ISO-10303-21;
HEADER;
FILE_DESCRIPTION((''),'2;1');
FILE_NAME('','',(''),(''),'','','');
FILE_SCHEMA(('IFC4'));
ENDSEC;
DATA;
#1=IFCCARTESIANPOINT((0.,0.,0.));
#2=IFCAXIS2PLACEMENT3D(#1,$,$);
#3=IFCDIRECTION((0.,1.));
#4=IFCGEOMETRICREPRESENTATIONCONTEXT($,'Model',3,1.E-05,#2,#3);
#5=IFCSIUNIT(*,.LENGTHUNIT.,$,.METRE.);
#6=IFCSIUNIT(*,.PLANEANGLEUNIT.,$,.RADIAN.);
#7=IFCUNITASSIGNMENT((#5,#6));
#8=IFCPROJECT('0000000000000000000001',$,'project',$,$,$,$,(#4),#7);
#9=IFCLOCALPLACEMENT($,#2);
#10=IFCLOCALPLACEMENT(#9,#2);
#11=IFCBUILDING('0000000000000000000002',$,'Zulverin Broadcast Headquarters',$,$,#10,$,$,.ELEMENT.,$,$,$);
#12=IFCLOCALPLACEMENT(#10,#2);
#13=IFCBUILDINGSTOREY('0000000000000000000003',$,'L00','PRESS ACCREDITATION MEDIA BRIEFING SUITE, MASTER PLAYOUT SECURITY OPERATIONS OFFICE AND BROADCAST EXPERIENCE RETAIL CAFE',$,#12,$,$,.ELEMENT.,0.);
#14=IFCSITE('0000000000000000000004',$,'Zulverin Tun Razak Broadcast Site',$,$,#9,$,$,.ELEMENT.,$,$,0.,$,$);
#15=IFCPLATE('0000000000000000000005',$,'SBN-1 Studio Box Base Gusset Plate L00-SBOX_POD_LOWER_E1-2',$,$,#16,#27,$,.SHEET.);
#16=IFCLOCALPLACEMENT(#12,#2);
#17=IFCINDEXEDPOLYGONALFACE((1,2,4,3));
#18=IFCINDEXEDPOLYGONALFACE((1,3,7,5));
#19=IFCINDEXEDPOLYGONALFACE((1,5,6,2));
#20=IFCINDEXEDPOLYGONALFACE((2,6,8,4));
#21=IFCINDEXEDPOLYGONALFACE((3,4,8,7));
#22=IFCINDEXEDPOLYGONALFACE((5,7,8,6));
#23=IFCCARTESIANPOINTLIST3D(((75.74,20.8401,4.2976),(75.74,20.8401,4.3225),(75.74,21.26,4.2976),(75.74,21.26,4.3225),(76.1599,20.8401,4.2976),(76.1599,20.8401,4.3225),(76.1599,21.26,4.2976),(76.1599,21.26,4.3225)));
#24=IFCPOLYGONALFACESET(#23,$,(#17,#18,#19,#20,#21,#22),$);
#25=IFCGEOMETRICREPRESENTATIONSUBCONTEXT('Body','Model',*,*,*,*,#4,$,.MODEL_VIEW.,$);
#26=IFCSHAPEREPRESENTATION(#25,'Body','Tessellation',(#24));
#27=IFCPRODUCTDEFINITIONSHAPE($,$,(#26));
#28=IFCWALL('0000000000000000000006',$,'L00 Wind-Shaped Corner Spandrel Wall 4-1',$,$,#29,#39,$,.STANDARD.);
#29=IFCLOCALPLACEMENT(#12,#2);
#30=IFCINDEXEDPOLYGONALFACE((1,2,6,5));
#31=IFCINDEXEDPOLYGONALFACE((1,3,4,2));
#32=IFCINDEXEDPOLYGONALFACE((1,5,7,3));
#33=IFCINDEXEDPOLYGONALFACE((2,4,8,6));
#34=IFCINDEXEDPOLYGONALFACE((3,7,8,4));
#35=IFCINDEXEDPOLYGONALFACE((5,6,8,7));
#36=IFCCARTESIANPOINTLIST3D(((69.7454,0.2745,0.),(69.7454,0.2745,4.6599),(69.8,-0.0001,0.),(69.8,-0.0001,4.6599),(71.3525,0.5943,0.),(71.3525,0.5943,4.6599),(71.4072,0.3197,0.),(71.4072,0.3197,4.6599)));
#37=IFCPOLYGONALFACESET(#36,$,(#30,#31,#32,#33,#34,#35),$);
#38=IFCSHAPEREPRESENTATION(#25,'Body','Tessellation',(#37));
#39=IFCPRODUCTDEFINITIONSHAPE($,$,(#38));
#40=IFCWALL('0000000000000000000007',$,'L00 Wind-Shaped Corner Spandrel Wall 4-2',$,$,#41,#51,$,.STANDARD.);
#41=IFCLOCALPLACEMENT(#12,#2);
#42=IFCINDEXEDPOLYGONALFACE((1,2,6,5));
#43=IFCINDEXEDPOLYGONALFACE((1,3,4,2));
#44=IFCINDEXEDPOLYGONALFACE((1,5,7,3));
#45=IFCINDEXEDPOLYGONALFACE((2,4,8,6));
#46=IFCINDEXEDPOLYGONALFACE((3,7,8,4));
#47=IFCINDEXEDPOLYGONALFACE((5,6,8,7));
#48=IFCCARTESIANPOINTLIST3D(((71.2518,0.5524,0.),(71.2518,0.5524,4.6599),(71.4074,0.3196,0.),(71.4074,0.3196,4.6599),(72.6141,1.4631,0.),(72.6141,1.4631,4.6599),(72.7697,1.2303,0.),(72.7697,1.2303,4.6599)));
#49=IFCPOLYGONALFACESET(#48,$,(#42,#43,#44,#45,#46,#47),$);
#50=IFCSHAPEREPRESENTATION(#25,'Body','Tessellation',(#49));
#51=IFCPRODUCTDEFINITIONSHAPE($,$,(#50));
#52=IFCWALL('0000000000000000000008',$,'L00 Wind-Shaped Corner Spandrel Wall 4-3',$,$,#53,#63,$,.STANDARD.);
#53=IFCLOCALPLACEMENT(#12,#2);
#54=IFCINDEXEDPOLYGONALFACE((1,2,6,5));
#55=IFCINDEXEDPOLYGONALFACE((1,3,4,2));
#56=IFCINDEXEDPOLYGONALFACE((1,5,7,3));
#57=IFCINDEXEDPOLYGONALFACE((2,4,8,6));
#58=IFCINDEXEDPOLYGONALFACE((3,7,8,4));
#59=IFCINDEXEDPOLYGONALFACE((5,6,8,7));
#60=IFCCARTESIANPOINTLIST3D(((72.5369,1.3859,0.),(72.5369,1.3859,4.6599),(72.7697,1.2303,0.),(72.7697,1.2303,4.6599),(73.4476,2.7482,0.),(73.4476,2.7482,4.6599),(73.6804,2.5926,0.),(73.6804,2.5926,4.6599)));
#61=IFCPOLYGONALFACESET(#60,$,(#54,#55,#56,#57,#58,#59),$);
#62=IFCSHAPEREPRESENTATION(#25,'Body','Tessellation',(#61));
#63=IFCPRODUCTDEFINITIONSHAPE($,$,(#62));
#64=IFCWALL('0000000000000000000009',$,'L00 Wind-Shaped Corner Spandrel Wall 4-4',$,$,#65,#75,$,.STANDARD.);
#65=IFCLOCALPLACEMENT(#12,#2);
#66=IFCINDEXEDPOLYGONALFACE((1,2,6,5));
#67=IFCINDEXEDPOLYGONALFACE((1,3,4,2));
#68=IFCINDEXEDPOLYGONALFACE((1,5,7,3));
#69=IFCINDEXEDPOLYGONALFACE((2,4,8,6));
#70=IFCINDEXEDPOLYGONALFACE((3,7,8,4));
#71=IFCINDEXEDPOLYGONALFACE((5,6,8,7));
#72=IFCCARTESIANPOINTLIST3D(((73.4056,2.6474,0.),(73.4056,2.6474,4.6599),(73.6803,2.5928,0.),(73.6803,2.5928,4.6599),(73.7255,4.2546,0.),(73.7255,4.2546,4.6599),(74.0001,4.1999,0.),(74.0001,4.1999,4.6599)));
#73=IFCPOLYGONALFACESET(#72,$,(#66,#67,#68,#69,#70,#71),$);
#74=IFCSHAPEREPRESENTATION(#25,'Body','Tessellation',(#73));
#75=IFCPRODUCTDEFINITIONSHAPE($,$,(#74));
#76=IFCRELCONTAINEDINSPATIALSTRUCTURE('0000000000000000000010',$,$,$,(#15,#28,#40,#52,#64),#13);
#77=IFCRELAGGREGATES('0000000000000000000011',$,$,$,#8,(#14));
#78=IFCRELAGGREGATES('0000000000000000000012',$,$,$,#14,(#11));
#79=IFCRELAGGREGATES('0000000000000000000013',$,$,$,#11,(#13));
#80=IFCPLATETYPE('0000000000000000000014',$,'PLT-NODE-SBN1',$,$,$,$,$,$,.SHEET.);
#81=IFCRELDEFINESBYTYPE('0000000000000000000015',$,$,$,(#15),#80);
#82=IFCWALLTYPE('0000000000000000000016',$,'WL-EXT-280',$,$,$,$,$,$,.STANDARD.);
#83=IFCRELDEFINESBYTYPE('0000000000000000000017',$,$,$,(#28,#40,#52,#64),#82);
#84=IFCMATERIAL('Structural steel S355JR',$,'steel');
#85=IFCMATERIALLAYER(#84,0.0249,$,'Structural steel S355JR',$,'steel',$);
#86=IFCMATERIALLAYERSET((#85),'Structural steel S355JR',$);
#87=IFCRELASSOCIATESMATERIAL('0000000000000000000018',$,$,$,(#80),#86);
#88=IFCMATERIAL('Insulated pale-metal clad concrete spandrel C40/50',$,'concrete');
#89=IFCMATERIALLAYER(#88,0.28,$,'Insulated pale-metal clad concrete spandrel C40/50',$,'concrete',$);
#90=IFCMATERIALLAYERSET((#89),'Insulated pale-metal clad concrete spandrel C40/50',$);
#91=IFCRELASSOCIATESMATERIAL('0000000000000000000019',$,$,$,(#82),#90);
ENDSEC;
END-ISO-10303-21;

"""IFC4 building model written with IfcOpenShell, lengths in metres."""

from ifc_helpers import new_model, si_unit, direction, frame, frame_2d, origin, origin_2d, place, context, subcontext, project, spatial, rectangle, extrude, material, layer, layer_set, type_object, element, save


model = new_model("IFC4")

# Units and contexts
model_context = context("Model", 3, precision=1e-05, world=origin(), true_north=direction((0.0, 1.0)))
body_context = subcontext(model_context, "Body", "Model", "MODEL_VIEW")
ifc_project = project(units=[si_unit("LENGTHUNIT", "METRE"), si_unit("PLANEANGLEUNIT", "RADIAN")], contexts=[model_context])

# Site, building, storey
site_placement = place(None, origin())
site = spatial("IfcSite", under=ifc_project, at=site_placement, Name="Zulverin Tun Razak Broadcast Site", CompositionType="ELEMENT", RefElevation=0.0)
building_placement = place(site_placement, origin())
building = spatial("IfcBuilding", under=site, at=building_placement, Name="Zulverin Broadcast Headquarters", CompositionType="ELEMENT")
storey_placement = place(building_placement, origin())
storey = spatial("IfcBuildingStorey", under=building, at=storey_placement, Name="L00", Description="PRESS ACCREDITATION MEDIA BRIEFING SUITE, MASTER PLAYOUT SECURITY OPERATIONS OFFICE AND BROADCAST EXPERIENCE RETAIL CAFE", CompositionType="ELEMENT", Elevation=0.0)

# Shared definitions
ifc_material_1 = material(Name="Structural steel S355JR", Category="steel")

# Plate
ifc_layer_1 = layer(ifc_material_1, 0.0249, Name="Structural steel S355JR", Category="steel")
ifc_layer_set_1 = layer_set([ifc_layer_1], Name="Structural steel S355JR")
plate_type = type_object("IfcPlateType", Name="PLT-NODE-SBN1", PredefinedType="SHEET", material=ifc_layer_set_1)
for number, where, z_axis, x_axis, name in (
    (1, (75.95, 21.05, 4.2976), (0.0, 0.0, 1.0), (1.0, 0.0, 0.0), "SBN-1 Studio Box Base Gusset Plate L00-SBOX_POD_LOWER_E1-2"),
):
    element("IfcPlate", number, at=place(storey_placement, frame(where, z_axis=z_axis, x_axis=x_axis)), inside=storey, type_object=plate_type, Name=name, PredefinedType="SHEET", context=body_context, shape_type="SweptSolid", body=[
        extrude(rectangle(XDim=0.4199, YDim=0.4199, at=origin_2d()), origin(), (0.0, 0.0, 1.0), 0.0249),
    ])

# Walls
ifc_material_2 = material(Name="Insulated pale-metal clad concrete spandrel C40/50", Category="concrete")
ifc_layer_2 = layer(ifc_material_2, 0.28, Name="Insulated pale-metal clad concrete spandrel C40/50", Category="concrete")
ifc_layer_set_2 = layer_set([ifc_layer_2], Name="Insulated pale-metal clad concrete spandrel C40/50")
wall_type = type_object("IfcWallType", Name="WL-EXT-280", PredefinedType="STANDARD", material=ifc_layer_set_2)
for number, where, z_axis, x_axis, name in (
    (2, (69.7727, 0.1372, 0.0), (0.0, 0.0, 1.0), (0.980769, 0.195171, 0.0), "L00 Wind-Shaped Corner Spandrel Wall 4-1"),
    (3, (71.3296, 0.436, 0.0), (0.0, 0.0, 1.0), (0.831362, 0.555731, 0.0), "L00 Wind-Shaped Corner Spandrel Wall 4-2"),
    (4, (72.6533, 1.3081, 0.0), (0.0, 0.0, 1.0), (0.555731, 0.831362, 0.0), "L00 Wind-Shaped Corner Spandrel Wall 4-3"),
    (5, (73.543, 2.6201, 0.0), (0.0, 0.0, 1.0), (0.195171, 0.980769, 0.0), "L00 Wind-Shaped Corner Spandrel Wall 4-4"),
):
    element("IfcWall", number, at=place(storey_placement, frame(where, z_axis=z_axis, x_axis=x_axis)), inside=storey, type_object=wall_type, Name=name, PredefinedType="STANDARD", context=body_context, shape_type="SweptSolid", body=[
        extrude(rectangle(XDim=1.6387, YDim=0.28, at=frame_2d((0.8193, 0.0))), origin(), (0.0, 0.0, 1.0), 4.6599),
    ])

save(model, "model.ifc")
